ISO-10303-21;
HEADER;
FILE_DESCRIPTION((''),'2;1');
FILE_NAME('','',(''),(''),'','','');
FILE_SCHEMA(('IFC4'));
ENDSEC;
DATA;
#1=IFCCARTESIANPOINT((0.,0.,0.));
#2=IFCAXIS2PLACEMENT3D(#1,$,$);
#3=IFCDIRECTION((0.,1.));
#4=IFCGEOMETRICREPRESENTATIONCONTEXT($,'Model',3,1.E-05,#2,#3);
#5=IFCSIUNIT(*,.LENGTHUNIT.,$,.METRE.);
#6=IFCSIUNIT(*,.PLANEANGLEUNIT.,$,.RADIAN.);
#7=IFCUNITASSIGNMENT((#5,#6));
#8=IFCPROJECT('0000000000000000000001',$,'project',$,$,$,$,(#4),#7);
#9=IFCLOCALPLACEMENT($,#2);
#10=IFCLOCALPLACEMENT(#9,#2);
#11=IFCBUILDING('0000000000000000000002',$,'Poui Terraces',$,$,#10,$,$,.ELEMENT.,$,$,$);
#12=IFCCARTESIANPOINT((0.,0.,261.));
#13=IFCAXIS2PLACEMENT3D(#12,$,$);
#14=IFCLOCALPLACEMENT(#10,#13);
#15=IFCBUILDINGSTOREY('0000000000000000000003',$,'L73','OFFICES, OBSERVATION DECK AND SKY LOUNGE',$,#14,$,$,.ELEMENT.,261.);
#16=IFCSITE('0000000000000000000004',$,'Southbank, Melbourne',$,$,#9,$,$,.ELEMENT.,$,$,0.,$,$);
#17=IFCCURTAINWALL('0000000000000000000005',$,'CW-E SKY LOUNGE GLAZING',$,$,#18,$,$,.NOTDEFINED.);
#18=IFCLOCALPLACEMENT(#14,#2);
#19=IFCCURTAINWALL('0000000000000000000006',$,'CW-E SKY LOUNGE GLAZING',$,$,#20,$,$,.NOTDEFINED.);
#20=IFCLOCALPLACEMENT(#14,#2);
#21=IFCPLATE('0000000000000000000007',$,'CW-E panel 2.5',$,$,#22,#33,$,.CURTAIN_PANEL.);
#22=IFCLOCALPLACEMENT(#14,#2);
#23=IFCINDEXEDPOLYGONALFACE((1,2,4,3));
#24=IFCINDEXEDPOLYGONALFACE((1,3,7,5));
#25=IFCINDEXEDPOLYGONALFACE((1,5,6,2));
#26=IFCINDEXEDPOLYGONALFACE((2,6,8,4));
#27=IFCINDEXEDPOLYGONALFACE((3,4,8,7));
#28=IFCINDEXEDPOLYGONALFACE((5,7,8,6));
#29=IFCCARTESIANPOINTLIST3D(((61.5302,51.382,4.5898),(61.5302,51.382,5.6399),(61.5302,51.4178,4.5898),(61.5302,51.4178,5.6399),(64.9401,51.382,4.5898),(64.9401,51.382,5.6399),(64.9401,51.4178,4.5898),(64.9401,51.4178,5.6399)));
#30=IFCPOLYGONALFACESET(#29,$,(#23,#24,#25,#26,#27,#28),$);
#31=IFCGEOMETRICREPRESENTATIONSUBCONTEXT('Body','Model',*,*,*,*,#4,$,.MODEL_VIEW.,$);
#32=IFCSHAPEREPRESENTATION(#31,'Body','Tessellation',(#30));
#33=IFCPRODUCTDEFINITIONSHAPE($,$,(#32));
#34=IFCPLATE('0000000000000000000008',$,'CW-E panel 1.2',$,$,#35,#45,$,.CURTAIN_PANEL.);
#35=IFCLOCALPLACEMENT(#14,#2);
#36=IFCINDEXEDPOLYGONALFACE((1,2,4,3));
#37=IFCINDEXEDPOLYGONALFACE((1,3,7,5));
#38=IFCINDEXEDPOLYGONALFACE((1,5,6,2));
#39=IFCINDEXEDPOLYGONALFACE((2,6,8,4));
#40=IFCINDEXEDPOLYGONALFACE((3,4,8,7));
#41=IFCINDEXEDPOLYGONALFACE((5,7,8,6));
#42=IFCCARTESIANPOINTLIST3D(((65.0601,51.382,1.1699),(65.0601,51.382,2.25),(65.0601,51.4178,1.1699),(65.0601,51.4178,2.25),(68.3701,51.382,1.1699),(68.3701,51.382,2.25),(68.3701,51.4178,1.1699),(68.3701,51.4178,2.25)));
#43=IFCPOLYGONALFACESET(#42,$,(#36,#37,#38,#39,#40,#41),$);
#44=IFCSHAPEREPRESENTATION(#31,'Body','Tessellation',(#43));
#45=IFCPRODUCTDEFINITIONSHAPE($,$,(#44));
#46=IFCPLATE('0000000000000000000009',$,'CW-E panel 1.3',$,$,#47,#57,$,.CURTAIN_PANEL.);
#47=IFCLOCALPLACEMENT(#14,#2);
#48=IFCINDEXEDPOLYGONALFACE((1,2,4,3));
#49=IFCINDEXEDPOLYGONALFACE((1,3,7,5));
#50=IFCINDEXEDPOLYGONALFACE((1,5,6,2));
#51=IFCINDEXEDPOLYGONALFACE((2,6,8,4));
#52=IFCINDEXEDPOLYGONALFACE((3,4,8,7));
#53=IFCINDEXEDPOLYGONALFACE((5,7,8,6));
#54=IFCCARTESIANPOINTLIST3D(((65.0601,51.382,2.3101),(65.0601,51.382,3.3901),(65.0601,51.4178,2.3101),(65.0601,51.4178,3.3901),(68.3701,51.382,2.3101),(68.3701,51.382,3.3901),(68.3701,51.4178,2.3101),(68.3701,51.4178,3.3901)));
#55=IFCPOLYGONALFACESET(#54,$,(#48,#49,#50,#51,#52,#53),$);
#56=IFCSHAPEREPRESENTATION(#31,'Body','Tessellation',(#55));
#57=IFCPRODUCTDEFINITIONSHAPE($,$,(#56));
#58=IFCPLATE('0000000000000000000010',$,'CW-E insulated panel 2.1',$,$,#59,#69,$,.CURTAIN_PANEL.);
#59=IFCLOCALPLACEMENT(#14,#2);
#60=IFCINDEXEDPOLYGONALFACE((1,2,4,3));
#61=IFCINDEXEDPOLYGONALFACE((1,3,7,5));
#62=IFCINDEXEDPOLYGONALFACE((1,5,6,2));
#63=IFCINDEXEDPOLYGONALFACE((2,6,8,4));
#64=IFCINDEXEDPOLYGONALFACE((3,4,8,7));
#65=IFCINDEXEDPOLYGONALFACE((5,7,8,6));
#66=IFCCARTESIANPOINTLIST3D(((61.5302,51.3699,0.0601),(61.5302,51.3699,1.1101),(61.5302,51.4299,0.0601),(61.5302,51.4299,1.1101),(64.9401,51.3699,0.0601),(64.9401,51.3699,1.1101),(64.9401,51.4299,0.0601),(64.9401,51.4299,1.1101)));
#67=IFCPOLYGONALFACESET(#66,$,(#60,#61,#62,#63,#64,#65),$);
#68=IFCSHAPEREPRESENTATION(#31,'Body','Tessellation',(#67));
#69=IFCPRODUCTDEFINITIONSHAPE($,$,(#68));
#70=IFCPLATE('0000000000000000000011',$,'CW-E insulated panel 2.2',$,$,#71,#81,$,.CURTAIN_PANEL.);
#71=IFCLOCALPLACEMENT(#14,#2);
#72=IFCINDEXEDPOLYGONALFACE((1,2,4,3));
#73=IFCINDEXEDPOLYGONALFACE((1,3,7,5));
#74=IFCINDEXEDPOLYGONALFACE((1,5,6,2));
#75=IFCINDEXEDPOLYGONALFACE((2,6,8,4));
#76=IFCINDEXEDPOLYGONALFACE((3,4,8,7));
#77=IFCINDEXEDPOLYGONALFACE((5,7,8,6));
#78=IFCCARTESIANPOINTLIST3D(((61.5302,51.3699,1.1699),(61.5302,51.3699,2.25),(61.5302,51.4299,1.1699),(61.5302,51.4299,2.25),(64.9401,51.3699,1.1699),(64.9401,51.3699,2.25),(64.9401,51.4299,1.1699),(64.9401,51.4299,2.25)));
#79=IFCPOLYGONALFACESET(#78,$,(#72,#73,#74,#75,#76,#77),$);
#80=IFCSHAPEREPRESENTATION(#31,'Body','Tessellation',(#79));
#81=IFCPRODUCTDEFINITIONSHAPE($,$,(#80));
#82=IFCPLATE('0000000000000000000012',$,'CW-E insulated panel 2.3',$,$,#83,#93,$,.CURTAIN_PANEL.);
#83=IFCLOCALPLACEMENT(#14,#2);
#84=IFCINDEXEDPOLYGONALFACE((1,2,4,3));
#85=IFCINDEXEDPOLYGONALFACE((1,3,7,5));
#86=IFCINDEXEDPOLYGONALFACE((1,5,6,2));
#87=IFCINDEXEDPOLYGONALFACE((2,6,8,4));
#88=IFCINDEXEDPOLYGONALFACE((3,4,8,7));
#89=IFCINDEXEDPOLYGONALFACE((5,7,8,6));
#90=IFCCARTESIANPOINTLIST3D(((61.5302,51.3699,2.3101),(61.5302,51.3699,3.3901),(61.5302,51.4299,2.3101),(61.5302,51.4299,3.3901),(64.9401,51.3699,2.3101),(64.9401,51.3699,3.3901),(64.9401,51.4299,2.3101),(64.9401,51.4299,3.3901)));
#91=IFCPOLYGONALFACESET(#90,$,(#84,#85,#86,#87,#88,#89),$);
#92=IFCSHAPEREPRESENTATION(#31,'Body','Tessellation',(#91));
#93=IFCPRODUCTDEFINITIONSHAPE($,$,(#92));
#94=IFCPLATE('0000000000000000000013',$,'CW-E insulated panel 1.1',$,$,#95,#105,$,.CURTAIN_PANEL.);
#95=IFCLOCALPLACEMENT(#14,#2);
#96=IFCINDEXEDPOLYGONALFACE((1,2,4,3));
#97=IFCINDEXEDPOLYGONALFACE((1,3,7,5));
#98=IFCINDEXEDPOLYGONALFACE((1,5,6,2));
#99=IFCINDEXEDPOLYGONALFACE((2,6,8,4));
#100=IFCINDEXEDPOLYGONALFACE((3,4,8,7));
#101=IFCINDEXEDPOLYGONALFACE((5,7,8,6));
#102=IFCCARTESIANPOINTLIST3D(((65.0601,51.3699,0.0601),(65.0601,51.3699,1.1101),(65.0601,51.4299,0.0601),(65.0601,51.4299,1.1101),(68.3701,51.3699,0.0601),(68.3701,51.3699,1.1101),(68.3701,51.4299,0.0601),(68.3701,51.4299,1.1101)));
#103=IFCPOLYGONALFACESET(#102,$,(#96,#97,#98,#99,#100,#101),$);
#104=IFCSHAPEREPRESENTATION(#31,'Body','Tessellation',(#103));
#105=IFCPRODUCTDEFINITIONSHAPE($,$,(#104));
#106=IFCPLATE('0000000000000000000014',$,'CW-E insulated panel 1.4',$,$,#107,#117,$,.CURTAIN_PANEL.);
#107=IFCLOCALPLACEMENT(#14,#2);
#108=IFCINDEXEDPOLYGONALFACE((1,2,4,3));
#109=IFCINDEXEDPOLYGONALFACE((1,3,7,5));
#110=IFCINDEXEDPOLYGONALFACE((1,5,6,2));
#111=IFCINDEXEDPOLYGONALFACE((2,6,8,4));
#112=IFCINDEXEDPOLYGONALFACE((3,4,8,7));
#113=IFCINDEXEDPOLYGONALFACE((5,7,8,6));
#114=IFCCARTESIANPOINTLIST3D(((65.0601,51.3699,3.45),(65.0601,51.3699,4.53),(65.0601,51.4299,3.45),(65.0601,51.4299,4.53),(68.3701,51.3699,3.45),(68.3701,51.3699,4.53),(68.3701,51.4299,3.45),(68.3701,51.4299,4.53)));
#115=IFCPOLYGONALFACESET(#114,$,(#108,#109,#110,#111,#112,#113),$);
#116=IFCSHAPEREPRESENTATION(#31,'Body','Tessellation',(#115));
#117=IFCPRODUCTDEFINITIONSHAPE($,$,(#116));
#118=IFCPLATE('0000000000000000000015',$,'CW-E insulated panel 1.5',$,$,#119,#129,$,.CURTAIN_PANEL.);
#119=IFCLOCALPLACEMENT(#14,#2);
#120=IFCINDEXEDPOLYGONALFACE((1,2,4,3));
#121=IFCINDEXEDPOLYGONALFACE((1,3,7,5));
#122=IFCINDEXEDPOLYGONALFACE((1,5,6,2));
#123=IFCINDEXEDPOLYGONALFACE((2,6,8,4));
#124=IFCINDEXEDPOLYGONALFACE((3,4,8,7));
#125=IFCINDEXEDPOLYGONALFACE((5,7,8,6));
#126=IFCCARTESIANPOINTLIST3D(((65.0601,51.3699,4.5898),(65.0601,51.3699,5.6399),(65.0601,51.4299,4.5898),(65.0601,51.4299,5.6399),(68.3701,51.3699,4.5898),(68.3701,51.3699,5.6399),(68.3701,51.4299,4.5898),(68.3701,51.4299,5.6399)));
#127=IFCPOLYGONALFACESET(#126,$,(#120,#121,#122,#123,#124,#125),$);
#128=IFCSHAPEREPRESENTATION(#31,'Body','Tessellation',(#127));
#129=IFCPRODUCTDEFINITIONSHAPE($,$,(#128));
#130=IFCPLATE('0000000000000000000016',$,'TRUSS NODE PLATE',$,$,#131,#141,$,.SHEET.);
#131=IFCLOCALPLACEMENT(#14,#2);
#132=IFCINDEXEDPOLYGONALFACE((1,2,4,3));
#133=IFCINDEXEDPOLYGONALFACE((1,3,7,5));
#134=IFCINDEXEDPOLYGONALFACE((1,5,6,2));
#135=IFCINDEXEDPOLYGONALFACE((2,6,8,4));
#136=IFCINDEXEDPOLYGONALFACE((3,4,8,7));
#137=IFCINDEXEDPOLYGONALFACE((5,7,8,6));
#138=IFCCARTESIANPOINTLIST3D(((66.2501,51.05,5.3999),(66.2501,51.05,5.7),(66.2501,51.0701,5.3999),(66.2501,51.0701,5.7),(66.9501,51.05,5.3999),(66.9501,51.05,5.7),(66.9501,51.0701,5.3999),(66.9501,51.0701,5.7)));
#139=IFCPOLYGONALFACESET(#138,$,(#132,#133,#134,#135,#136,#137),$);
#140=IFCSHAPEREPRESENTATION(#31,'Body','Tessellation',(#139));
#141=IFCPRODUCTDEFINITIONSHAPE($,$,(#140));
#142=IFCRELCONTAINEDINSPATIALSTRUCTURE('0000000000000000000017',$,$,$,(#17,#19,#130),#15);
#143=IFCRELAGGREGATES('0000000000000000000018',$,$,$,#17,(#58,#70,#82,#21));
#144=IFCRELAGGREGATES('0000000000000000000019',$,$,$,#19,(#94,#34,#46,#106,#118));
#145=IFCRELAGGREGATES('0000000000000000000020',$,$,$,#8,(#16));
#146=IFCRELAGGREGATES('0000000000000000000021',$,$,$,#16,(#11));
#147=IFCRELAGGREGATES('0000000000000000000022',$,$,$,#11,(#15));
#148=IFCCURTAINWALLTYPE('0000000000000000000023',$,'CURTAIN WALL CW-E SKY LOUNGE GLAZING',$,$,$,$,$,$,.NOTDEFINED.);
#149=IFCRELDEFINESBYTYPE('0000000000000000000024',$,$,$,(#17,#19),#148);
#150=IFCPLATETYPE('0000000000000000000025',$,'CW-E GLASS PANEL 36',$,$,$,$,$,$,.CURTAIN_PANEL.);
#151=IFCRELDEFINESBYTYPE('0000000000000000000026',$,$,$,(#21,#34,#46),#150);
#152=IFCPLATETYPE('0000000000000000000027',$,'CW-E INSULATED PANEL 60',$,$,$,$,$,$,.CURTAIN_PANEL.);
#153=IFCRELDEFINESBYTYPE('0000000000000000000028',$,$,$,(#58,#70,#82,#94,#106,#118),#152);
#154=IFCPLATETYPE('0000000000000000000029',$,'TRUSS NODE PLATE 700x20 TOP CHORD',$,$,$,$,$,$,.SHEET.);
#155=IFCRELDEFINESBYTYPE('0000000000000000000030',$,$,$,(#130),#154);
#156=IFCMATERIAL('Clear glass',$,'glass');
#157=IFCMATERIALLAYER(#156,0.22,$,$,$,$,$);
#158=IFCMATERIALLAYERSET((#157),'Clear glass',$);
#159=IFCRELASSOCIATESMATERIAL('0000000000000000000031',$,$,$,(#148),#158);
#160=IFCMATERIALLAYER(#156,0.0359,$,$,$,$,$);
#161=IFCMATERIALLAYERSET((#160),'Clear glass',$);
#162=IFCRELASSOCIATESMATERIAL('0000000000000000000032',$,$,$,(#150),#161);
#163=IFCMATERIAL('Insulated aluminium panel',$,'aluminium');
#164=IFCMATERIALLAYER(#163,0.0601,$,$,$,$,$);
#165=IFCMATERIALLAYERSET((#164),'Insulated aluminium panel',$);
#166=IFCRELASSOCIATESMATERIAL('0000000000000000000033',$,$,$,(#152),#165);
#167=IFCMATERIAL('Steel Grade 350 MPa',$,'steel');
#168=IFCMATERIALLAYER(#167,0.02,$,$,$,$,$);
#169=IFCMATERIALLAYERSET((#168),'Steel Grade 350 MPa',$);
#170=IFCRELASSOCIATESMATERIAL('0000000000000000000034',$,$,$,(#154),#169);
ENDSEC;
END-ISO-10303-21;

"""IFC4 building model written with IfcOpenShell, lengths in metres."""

from ifc_helpers import new_model, si_unit, direction, frame, origin, origin_2d, place, context, subcontext, project, spatial, rectangle, extrude, source, transform, mapped, material, layer, layer_set, type_object, element, aggregate, save


model = new_model("IFC4")

# Units and contexts
model_context = context("Model", 3, precision=1e-05, world=origin(), true_north=direction((0.0, 1.0)))
body_context = subcontext(model_context, "Body", "Model", "MODEL_VIEW")
ifc_project = project(units=[si_unit("LENGTHUNIT", "METRE"), si_unit("PLANEANGLEUNIT", "RADIAN")], contexts=[model_context])

# Site, building, storey
site_placement = place(None, origin())
site = spatial("IfcSite", under=ifc_project, at=site_placement, Name="Southbank, Melbourne", CompositionType="ELEMENT", RefElevation=0.0)
building_placement = place(site_placement, origin())
building = spatial("IfcBuilding", under=site, at=building_placement, Name="Poui Terraces", CompositionType="ELEMENT")
storey_placement = place(building_placement, frame((0.0, 0.0, 261.0)))
storey = spatial("IfcBuildingStorey", under=building, at=storey_placement, Name="L73", Description="OFFICES, OBSERVATION DECK AND SKY LOUNGE", CompositionType="ELEMENT", Elevation=261.0)

# Curtain wall
ifc_material_1 = material(Name="Clear glass", Category="glass")
ifc_layer_1 = layer(ifc_material_1, 0.22)
ifc_layer_set_1 = layer_set([ifc_layer_1], Name="Clear glass")
curtain_wall_type = type_object("IfcCurtainWallType", Name="CURTAIN WALL CW-E SKY LOUNGE GLAZING", PredefinedType="NOTDEFINED", material=ifc_layer_set_1)
curtain_wall_1_placement = place(storey_placement, origin())
curtain_wall_1 = element("IfcCurtainWall", 1, at=curtain_wall_1_placement, inside=storey, type_object=curtain_wall_type, Name="CW-E SKY LOUNGE GLAZING", PredefinedType="NOTDEFINED")

# Curtain wall
curtain_wall_2_placement = place(storey_placement, origin())
curtain_wall_2 = element("IfcCurtainWall", 2, at=curtain_wall_2_placement, inside=storey, type_object=curtain_wall_type, Name="CW-E SKY LOUNGE GLAZING", PredefinedType="NOTDEFINED")

# Shared definitions
ifc_material_2 = material(Name="Steel Grade 350 MPa", Category="steel")

# Plates
ifc_layer_2 = layer(ifc_material_1, 0.0359)
ifc_layer_set_2 = layer_set([ifc_layer_2], Name="Clear glass")
plate_type_1 = type_object("IfcPlateType", Name="CW-E GLASS PANEL 36", PredefinedType="CURTAIN_PANEL", material=ifc_layer_set_2)
plate_1_placement = place(storey_placement, frame((63.2351, 51.3999, 4.5898), z_axis=(0.0, 0.0, 1.0), x_axis=(1.0, 0.0, 0.0)))
plate_1 = element("IfcPlate", 3, at=plate_1_placement, type_object=plate_type_1, Name="CW-E panel 2.5", PredefinedType="CURTAIN_PANEL", context=body_context, shape_type="SweptSolid", body=[
    extrude(rectangle(XDim=3.4099, YDim=0.0359, at=origin_2d()), origin(), (0.0, 0.0, 1.0), 1.05),
])
plate_2_placement = place(storey_placement, frame((66.7151, 51.3999, 1.1699), z_axis=(0.0, 0.0, 1.0), x_axis=(1.0, 0.0, 0.0)))
plate_2 = element("IfcPlate", 4, at=plate_2_placement, type_object=plate_type_1, Name="CW-E panel 1.2", PredefinedType="CURTAIN_PANEL", context=body_context, shape_type="SweptSolid", body=[
    extrude(rectangle(XDim=3.3101, YDim=0.0359, at=origin_2d()), origin(), (0.0, 0.0, 1.0), 1.0801),
])
plate_3_placement = place(storey_placement, frame((66.7151, 51.3999, 2.3101), z_axis=(0.0, 0.0, 1.0), x_axis=(1.0, 0.0, 0.0)))
plate_3 = element("IfcPlate", 5, at=plate_3_placement, type_object=plate_type_1, Name="CW-E panel 1.3", PredefinedType="CURTAIN_PANEL", context=body_context, shape_type="SweptSolid", body=[
    extrude(rectangle(XDim=3.3101, YDim=0.0359, at=origin_2d()), origin(), (0.0, 0.0, 1.0), 1.0801),
])
ifc_material_3 = material(Name="Insulated aluminium panel", Category="aluminium")
ifc_layer_3 = layer(ifc_material_3, 0.0601)
ifc_layer_set_3 = layer_set([ifc_layer_3], Name="Insulated aluminium panel")
plate_type_2 = type_object("IfcPlateType", Name="CW-E INSULATED PANEL 60", PredefinedType="CURTAIN_PANEL", material=ifc_layer_set_3)
plate_4_placement = place(storey_placement, frame((63.2351, 51.3999, 0.0601), z_axis=(0.0, 0.0, 1.0), x_axis=(1.0, 0.0, 0.0)))
plate_4 = element("IfcPlate", 6, at=plate_4_placement, type_object=plate_type_2, Name="CW-E insulated panel 2.1", PredefinedType="CURTAIN_PANEL", context=body_context, shape_type="SweptSolid", body=[
    extrude(rectangle(XDim=3.4099, YDim=0.0601, at=origin_2d()), origin(), (0.0, 0.0, 1.0), 1.05),
])
plate_5_placement = place(storey_placement, frame((63.2351, 51.3999, 1.1699), z_axis=(0.0, 0.0, 1.0), x_axis=(1.0, 0.0, 0.0)))
plate_5 = element("IfcPlate", 7, at=plate_5_placement, type_object=plate_type_2, Name="CW-E insulated panel 2.2", PredefinedType="CURTAIN_PANEL", context=body_context, shape_type="SweptSolid", body=[
    extrude(rectangle(XDim=3.4099, YDim=0.0601, at=origin_2d()), origin(), (0.0, 0.0, 1.0), 1.0801),
])
plate_6_placement = place(storey_placement, frame((63.2351, 51.3999, 2.3101), z_axis=(0.0, 0.0, 1.0), x_axis=(1.0, 0.0, 0.0)))
plate_6 = element("IfcPlate", 8, at=plate_6_placement, type_object=plate_type_2, Name="CW-E insulated panel 2.3", PredefinedType="CURTAIN_PANEL", context=body_context, shape_type="SweptSolid", body=[
    extrude(rectangle(XDim=3.4099, YDim=0.0601, at=origin_2d()), origin(), (0.0, 0.0, 1.0), 1.0801),
])
aggregate(curtain_wall_1, [plate_4, plate_5, plate_6, plate_1])
plate_7_placement = place(storey_placement, frame((66.7151, 51.3999, 0.0601), z_axis=(0.0, 0.0, 1.0), x_axis=(1.0, 0.0, 0.0)))
plate_7 = element("IfcPlate", 9, at=plate_7_placement, type_object=plate_type_2, Name="CW-E insulated panel 1.1", PredefinedType="CURTAIN_PANEL", context=body_context, shape_type="SweptSolid", body=[
    extrude(rectangle(XDim=3.3101, YDim=0.0601, at=origin_2d()), origin(), (0.0, 0.0, 1.0), 1.05),
])
plate_8_placement = place(storey_placement, frame((66.7151, 51.3999, 3.45), z_axis=(0.0, 0.0, 1.0), x_axis=(1.0, 0.0, 0.0)))
plate_8 = element("IfcPlate", 10, at=plate_8_placement, type_object=plate_type_2, Name="CW-E insulated panel 1.4", PredefinedType="CURTAIN_PANEL", context=body_context, shape_type="SweptSolid", body=[
    extrude(rectangle(XDim=3.3101, YDim=0.0601, at=origin_2d()), origin(), (0.0, 0.0, 1.0), 1.0801),
])
plate_9_placement = place(storey_placement, frame((66.7151, 51.3999, 4.5898), z_axis=(0.0, 0.0, 1.0), x_axis=(1.0, 0.0, 0.0)))
plate_9 = element("IfcPlate", 11, at=plate_9_placement, type_object=plate_type_2, Name="CW-E insulated panel 1.5", PredefinedType="CURTAIN_PANEL", context=body_context, shape_type="SweptSolid", body=[
    extrude(rectangle(XDim=3.3101, YDim=0.0601, at=origin_2d()), origin(), (0.0, 0.0, 1.0), 1.05),
])
aggregate(curtain_wall_2, [plate_7, plate_2, plate_3, plate_8, plate_9])
ifc_layer_4 = layer(ifc_material_2, 0.02)
ifc_layer_set_4 = layer_set([ifc_layer_4], Name="Steel Grade 350 MPa")
plate_type_3 = type_object("IfcPlateType", Name="TRUSS NODE PLATE 700x20 TOP CHORD", PredefinedType="SHEET", material=ifc_layer_set_4)
shared_shape = source(origin(), body_context, "Body", "SweptSolid", [
    extrude(rectangle(XDim=0.7, YDim=0.02, at=origin_2d()), origin(), (0.0, 0.0, 1.0), 0.3),
])
plate_10_placement = place(storey_placement, frame((66.6001, 51.0601, 5.3999), z_axis=(0.0, 0.0, 1.0), x_axis=(1.0, 0.0, 0.0)))
element("IfcPlate", 12, at=plate_10_placement, inside=storey, type_object=plate_type_3, Name="TRUSS NODE PLATE", PredefinedType="SHEET", context=body_context, shape_type="MappedRepresentation", body=[
    mapped(shared_shape, transform((0.0, 0.0, 0.0))),
])

save(model, "model.ifc")
